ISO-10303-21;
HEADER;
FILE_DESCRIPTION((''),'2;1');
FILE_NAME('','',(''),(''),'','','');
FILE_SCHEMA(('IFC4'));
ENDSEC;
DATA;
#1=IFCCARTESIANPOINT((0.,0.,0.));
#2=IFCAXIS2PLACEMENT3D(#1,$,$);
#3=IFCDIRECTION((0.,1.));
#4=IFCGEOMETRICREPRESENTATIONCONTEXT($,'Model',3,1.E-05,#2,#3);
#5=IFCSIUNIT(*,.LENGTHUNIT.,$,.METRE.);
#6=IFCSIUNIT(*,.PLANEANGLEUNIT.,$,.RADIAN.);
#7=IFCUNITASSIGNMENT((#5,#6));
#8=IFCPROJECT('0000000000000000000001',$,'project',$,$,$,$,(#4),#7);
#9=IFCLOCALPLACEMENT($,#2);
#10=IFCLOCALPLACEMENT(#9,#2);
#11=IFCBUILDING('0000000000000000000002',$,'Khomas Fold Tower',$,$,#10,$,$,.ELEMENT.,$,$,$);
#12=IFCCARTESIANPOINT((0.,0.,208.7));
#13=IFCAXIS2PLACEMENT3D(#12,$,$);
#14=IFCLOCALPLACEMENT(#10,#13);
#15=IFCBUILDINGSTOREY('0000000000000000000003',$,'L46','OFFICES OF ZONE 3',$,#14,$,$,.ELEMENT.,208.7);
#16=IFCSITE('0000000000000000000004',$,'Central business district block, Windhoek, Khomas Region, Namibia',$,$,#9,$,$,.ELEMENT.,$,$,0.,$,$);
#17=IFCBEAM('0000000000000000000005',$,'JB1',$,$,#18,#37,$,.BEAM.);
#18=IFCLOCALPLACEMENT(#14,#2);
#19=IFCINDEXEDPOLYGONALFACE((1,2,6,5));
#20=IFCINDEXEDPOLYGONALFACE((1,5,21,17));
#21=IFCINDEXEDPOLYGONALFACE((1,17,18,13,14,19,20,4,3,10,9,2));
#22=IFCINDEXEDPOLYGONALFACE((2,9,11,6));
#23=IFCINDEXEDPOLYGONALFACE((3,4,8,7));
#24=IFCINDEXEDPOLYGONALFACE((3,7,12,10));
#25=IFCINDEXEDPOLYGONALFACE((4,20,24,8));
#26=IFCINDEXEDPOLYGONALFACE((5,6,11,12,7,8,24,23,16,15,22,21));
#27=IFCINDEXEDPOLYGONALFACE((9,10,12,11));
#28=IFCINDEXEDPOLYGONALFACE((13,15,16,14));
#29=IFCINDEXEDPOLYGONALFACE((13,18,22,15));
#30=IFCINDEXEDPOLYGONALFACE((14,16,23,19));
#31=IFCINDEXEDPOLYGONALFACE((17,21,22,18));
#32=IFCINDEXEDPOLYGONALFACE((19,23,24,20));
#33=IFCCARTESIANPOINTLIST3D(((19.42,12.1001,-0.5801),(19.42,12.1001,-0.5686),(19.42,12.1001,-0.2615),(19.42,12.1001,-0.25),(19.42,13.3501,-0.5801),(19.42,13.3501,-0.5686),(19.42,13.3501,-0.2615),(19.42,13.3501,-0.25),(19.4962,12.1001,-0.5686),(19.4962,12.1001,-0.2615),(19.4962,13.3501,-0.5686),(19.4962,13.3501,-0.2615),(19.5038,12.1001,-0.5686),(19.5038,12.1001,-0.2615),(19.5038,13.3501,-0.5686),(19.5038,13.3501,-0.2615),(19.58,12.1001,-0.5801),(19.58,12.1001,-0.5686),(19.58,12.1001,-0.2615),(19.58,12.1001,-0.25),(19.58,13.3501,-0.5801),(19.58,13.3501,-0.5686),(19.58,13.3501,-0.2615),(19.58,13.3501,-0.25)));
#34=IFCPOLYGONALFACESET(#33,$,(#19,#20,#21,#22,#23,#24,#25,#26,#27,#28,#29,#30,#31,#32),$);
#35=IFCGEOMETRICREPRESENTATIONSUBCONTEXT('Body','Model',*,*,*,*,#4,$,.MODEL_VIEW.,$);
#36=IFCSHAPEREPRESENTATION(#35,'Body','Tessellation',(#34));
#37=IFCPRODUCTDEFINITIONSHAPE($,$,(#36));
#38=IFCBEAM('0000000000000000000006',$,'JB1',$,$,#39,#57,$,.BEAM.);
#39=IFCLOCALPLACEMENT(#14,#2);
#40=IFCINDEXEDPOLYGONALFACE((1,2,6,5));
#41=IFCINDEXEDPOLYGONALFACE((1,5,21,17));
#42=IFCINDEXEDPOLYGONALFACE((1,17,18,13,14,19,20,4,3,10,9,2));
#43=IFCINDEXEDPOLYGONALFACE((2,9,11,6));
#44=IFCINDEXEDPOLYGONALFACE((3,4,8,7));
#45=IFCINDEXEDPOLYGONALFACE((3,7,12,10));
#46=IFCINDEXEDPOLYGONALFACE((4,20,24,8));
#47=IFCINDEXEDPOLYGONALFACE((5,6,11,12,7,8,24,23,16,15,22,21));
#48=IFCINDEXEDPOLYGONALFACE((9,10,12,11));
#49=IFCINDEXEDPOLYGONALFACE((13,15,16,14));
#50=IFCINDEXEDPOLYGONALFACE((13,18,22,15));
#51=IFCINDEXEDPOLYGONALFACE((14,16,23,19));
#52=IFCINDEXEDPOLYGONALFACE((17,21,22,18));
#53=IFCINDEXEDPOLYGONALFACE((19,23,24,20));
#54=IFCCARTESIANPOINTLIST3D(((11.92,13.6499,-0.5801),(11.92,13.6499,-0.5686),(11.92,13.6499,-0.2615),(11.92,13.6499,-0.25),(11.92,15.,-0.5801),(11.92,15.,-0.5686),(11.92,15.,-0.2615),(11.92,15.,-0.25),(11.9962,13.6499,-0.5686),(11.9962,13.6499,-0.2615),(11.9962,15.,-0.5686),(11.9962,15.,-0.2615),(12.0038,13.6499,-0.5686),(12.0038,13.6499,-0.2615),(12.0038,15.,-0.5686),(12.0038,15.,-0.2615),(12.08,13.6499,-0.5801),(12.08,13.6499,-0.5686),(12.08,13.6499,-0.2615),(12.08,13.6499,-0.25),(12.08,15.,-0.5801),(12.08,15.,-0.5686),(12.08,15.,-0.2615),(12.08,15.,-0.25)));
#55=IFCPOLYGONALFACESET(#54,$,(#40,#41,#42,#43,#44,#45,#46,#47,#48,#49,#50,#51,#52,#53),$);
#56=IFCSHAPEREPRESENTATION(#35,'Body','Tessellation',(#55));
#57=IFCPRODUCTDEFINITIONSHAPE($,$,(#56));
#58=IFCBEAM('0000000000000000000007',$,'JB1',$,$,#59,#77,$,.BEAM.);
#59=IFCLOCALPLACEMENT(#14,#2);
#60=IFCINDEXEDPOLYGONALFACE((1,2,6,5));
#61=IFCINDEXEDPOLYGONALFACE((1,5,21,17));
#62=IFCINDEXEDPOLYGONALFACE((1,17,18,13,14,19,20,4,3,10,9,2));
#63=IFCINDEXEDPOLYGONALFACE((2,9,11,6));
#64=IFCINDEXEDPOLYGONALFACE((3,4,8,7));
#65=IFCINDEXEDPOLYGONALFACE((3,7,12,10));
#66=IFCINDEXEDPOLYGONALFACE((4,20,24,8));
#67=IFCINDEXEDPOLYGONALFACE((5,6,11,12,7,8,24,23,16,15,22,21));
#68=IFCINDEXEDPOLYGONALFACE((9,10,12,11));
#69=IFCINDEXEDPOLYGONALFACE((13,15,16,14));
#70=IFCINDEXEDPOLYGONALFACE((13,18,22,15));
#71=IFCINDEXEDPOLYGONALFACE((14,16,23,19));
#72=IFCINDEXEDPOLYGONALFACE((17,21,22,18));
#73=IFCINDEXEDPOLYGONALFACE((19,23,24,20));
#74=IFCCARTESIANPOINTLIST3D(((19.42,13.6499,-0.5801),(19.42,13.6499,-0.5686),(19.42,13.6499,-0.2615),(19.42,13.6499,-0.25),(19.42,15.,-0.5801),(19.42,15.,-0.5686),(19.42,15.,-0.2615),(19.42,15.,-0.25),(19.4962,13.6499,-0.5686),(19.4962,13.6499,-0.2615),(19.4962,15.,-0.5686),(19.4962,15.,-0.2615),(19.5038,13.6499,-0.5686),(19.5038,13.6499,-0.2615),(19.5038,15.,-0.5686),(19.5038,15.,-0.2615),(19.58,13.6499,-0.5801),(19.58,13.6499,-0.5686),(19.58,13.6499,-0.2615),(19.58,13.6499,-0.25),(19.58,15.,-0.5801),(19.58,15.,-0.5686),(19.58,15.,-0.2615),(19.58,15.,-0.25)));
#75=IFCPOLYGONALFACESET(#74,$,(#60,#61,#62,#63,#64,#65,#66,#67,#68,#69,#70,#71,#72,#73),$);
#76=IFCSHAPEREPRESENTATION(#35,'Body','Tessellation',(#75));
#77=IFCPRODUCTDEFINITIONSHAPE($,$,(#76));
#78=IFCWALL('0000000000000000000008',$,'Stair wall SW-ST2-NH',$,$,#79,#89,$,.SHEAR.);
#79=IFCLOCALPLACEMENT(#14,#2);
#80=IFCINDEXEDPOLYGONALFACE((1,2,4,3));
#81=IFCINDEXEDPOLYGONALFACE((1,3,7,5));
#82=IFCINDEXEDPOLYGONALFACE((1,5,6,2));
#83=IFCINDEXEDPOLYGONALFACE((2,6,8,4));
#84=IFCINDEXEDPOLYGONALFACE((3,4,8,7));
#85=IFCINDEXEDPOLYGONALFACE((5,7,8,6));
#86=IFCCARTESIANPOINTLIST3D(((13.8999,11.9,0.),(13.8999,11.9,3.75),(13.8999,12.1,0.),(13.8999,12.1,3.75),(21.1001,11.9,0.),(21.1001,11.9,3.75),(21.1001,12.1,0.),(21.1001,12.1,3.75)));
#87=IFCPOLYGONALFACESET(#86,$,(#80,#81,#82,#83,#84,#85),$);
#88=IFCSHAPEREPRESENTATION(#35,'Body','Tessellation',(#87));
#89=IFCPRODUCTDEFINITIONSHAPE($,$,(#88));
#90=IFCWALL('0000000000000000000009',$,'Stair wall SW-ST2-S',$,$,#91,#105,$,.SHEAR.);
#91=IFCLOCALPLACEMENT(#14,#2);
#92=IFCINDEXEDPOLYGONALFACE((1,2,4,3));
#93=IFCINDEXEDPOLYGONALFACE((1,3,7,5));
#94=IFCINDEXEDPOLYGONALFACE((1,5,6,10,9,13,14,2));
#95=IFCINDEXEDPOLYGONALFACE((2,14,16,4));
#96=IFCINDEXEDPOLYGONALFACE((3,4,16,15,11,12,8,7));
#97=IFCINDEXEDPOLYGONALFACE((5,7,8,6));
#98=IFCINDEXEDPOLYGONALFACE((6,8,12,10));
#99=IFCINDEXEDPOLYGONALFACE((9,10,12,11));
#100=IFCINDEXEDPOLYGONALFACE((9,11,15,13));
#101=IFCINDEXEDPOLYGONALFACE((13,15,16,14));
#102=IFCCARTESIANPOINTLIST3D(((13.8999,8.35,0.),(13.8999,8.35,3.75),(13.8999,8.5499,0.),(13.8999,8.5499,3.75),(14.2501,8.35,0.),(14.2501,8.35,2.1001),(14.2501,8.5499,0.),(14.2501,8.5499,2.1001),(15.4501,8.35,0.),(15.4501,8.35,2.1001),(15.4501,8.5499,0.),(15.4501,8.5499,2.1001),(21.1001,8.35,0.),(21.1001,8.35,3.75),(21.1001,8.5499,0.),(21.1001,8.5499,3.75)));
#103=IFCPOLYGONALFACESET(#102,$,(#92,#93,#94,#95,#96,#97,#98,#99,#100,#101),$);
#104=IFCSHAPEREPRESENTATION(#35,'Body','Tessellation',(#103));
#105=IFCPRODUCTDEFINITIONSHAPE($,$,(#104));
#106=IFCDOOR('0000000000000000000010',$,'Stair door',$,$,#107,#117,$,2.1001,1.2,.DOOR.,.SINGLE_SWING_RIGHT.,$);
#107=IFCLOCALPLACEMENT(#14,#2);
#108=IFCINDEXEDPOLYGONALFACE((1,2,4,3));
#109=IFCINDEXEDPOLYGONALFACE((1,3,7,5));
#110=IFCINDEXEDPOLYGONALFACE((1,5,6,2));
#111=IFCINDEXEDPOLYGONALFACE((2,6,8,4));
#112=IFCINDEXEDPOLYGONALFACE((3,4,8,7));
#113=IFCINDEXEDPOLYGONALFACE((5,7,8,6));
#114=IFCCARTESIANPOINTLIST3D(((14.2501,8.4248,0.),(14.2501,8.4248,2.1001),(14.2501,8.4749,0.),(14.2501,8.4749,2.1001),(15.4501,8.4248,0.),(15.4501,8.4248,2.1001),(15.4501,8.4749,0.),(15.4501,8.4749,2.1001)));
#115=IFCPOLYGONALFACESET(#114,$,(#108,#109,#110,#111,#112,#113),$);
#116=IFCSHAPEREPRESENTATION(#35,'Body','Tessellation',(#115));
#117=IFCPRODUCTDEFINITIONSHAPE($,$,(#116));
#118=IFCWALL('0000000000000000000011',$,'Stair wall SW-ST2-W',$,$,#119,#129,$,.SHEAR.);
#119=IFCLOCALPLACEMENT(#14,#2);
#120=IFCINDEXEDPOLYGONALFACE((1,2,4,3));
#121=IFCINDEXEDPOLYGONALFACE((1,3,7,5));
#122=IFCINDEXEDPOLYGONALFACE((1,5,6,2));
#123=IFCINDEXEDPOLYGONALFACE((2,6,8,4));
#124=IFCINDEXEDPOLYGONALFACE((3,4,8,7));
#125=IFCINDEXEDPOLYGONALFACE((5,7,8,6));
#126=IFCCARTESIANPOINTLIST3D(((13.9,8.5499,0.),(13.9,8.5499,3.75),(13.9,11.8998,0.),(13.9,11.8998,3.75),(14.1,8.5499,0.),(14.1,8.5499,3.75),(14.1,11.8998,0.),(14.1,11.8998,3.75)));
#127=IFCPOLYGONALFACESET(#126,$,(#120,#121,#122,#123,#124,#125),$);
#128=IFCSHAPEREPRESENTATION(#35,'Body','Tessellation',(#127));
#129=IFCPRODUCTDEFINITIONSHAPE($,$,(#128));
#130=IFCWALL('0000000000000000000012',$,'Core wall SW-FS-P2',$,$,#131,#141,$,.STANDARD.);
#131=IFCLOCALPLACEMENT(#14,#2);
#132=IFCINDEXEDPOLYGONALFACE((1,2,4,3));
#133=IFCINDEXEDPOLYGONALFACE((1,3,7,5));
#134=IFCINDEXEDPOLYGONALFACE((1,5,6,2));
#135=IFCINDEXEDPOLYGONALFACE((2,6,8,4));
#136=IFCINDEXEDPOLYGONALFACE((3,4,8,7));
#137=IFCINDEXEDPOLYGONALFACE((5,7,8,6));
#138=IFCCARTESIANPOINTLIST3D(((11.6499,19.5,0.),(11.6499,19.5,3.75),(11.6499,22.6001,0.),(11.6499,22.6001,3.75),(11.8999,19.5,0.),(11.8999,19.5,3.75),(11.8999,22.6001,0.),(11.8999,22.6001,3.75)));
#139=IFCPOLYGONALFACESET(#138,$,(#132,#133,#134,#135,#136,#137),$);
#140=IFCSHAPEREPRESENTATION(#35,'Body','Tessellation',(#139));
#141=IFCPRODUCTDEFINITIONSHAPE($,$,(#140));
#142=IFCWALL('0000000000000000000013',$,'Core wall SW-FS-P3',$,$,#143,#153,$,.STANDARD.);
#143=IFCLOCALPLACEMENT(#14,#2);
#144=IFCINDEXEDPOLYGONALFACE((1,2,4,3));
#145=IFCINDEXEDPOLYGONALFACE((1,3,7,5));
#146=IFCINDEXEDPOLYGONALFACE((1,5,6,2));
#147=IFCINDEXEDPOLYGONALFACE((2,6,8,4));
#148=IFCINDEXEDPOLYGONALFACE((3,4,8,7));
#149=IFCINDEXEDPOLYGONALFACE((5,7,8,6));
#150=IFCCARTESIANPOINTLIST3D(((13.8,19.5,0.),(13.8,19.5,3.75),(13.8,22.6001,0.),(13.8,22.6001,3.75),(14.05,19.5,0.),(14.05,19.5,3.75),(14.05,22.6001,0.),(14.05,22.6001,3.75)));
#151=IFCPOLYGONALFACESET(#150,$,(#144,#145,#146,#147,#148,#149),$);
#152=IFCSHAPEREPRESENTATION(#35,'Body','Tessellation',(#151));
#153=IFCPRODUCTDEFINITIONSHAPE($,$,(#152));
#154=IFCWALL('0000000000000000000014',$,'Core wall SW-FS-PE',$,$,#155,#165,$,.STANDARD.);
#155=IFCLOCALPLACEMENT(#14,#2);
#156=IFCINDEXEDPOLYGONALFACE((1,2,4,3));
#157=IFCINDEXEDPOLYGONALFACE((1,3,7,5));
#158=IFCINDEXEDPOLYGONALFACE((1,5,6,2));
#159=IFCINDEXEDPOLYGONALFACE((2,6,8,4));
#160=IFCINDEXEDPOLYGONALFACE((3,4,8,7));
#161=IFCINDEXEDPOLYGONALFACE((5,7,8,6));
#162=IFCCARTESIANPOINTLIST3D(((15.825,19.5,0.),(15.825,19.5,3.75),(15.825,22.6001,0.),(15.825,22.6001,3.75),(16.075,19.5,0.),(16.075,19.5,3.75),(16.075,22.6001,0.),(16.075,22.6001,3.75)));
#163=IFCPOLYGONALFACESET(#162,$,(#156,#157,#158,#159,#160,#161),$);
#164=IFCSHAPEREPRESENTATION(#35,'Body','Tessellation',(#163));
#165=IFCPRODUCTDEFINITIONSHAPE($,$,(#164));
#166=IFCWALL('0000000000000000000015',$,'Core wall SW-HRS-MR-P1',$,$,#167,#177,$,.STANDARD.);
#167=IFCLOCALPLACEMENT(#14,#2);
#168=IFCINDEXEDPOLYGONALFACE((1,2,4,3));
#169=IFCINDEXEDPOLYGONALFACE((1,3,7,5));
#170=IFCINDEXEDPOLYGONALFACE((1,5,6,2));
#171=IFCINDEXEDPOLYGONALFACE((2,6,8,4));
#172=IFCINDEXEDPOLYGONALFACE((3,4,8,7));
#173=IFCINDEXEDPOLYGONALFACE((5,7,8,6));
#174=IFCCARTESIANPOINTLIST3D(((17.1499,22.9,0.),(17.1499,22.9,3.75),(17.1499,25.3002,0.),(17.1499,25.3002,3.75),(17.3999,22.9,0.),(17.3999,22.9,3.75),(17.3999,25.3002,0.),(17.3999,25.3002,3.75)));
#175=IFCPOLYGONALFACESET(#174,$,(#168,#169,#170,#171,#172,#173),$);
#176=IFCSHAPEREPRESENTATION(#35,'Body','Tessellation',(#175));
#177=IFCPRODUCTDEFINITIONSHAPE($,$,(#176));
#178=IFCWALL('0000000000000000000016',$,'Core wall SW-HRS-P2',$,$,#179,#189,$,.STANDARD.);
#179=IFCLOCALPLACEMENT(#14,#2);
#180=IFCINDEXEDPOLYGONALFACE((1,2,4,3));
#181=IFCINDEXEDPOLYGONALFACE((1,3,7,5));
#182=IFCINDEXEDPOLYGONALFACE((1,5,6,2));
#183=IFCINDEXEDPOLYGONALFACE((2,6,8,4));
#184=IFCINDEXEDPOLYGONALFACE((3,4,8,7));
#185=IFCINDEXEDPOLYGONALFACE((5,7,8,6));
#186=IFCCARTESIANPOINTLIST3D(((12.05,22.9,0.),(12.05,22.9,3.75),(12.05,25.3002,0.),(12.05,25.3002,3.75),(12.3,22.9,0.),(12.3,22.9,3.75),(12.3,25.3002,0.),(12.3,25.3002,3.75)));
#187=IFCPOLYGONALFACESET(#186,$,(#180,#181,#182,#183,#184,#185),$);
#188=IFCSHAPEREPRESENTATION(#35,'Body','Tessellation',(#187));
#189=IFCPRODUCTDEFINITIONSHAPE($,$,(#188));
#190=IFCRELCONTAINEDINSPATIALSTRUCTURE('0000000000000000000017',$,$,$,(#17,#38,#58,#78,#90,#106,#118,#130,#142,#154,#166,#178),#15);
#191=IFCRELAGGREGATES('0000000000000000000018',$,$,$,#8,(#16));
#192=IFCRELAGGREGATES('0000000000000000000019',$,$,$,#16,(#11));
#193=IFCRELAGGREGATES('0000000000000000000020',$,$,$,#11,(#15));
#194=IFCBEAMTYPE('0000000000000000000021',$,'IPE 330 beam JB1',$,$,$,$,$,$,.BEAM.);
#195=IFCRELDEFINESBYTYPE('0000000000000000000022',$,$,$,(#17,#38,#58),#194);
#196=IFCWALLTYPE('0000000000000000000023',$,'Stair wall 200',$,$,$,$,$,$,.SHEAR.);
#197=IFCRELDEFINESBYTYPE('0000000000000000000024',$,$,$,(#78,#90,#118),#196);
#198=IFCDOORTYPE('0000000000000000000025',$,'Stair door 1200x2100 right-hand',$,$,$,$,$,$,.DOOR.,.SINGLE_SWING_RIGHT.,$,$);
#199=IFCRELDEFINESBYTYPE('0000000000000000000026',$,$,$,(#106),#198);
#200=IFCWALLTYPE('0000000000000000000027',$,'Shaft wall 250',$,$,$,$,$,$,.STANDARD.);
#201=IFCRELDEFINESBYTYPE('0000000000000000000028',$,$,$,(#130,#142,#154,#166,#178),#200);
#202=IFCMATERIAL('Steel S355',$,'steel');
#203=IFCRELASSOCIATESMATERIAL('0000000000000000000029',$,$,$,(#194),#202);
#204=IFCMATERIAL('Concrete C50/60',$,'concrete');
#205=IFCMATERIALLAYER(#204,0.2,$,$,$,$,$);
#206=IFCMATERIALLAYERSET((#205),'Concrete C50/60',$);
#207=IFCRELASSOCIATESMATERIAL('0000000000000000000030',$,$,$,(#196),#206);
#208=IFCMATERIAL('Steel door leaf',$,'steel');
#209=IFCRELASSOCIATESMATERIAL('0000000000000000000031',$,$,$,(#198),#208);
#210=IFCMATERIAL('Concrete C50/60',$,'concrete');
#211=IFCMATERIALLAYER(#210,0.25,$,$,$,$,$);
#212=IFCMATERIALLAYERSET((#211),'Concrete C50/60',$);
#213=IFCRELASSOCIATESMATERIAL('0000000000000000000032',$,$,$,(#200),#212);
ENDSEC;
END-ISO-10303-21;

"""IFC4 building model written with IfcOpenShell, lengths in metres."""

from ifc_helpers import new_model, si_unit, direction, frame, frame_2d, origin, origin_2d, place, context, subcontext, project, spatial, rectangle, i_section, extrude, source, transform, mapped, material, layer, layer_set, material_profile, profile_set, type_object, element, fill, save


model = new_model("IFC4")

# Units and contexts
model_context = context("Model", 3, precision=1e-05, world=origin(), true_north=direction((0.0, 1.0)))
body_context = subcontext(model_context, "Body", "Model", "MODEL_VIEW")
ifc_project = project(units=[si_unit("LENGTHUNIT", "METRE"), si_unit("PLANEANGLEUNIT", "RADIAN")], contexts=[model_context])

# Site, building, storey
site_placement = place(None, origin())
site = spatial("IfcSite", under=ifc_project, at=site_placement, Name="Central business district block, Windhoek, Khomas Region, Namibia", CompositionType="ELEMENT", RefElevation=0.0)
building_placement = place(site_placement, origin())
building = spatial("IfcBuilding", under=site, at=building_placement, Name="Khomas Fold Tower", CompositionType="ELEMENT")
storey_placement = place(building_placement, frame((0.0, 0.0, 208.7)))
storey = spatial("IfcBuildingStorey", under=building, at=storey_placement, Name="L46", Description="OFFICES OF ZONE 3", CompositionType="ELEMENT", Elevation=208.7)

# Beams
ifc_material_1 = material(Name="Steel S355", Category="steel")
ifc_material_profile = material_profile(ifc_material_1, i_section(OverallWidth=0.1599, OverallDepth=0.3301, WebThickness=0.0076, FlangeThickness=0.0115, at=origin_2d()), Name="IPE 330")
ifc_profile_set = profile_set([ifc_material_profile], Name="Steel S355")
beam_type = type_object("IfcBeamType", Name="IPE 330 beam JB1", PredefinedType="BEAM", material=ifc_profile_set)
shared_shape_1 = source(origin(), body_context, "Body", "SweptSolid", [
    extrude(i_section(OverallWidth=0.1599, OverallDepth=0.3301, WebThickness=0.0076, FlangeThickness=0.0115, at=origin_2d()), origin(), (0.0, 0.0, 1.0), 1.25),
])
beam_placement = place(storey_placement, frame((19.5, 12.1001, -0.415), z_axis=(0.0, 1.0, 0.0), x_axis=(-1.0, 0.0, 0.0)))
element("IfcBeam", 1, at=beam_placement, inside=storey, type_object=beam_type, Name="JB1", PredefinedType="BEAM", context=body_context, shape_type="MappedRepresentation", body=[
    mapped(shared_shape_1, transform((0.0, 0.0, 0.0))),
])
shared_shape_2 = source(origin(), body_context, "Body", "SweptSolid", [
    extrude(i_section(OverallWidth=0.1599, OverallDepth=0.3301, WebThickness=0.0076, FlangeThickness=0.0115, at=origin_2d()), origin(), (0.0, 0.0, 1.0), 1.3501),
])
for number, where, z_axis, x_axis, name in (
    (2, (12.0, 13.6499, -0.415), (0.0, 1.0, 0.0), (-1.0, 0.0, 0.0), "JB1"),
    (3, (19.5, 13.6499, -0.415), (0.0, 1.0, 0.0), (-1.0, 0.0, 0.0), "JB1"),
):
    element("IfcBeam", number, at=place(storey_placement, frame(where, z_axis=z_axis, x_axis=x_axis)), inside=storey, type_object=beam_type, Name=name, PredefinedType="BEAM", context=body_context, shape_type="MappedRepresentation", body=[
        mapped(shared_shape_2, transform((0.0, 0.0, 0.0))),
    ])

# Wall
ifc_material_2 = material(Name="Concrete C50/60", Category="concrete")
ifc_layer_1 = layer(ifc_material_2, 0.2)
ifc_layer_set_1 = layer_set([ifc_layer_1], Name="Concrete C50/60")
wall_type_1 = type_object("IfcWallType", Name="Stair wall 200", PredefinedType="SHEAR", material=ifc_layer_set_1)
shared_shape_3 = source(origin(), body_context, "Body", "SweptSolid", [
    extrude(rectangle(XDim=7.2002, YDim=0.2, at=frame_2d((3.6001, 0.0))), origin(), (0.0, 0.0, 1.0), 3.75),
])
wall_1_placement = place(storey_placement, frame((13.8999, 12.0, 0.0), z_axis=(0.0, 0.0, 1.0), x_axis=(1.0, 0.0, 0.0)))
element("IfcWall", 4, at=wall_1_placement, inside=storey, type_object=wall_type_1, Name="Stair wall SW-ST2-NH", PredefinedType="SHEAR", context=body_context, shape_type="MappedRepresentation", body=[
    mapped(shared_shape_3, transform((0.0, 0.0, 0.0))),
])

# Wall, opening, door
wall_2_placement = place(storey_placement, frame((13.8999, 8.45, 0.0), z_axis=(0.0, 0.0, 1.0), x_axis=(1.0, 0.0, 0.0)))
wall_2 = element("IfcWall", 5, at=wall_2_placement, inside=storey, type_object=wall_type_1, Name="Stair wall SW-ST2-S", PredefinedType="SHEAR", context=body_context, shape_type="MappedRepresentation", body=[
    mapped(shared_shape_3, transform((0.0, 0.0, 0.0))),
])
shared_shape_4 = source(origin(), body_context, "Body", "SweptSolid", [
    extrude(rectangle(XDim=1.2, YDim=2.1001, at=frame_2d((0.6001, 1.05))), frame((0.0, 0.1099, 0.0), z_axis=(0.0, -1.0, 0.0), x_axis=(1.0, 0.0, 0.0)), (0.0, 0.0, 1.0), 0.22),
])
opening_placement = place(wall_2_placement, frame((0.3501, 0.0, 0.0)))
opening = element("IfcOpeningElement", 6, at=opening_placement, cuts=wall_2, PredefinedType="OPENING", context=body_context, shape_type="MappedRepresentation", body=[
    mapped(shared_shape_4, transform((0.0, 0.0, 0.0))),
])
ifc_material_3 = material(Name="Steel door leaf", Category="steel")
door_type = type_object("IfcDoorType", Name="Stair door 1200x2100 right-hand", OperationType="SINGLE_SWING_RIGHT", PredefinedType="DOOR", material=ifc_material_3)
shared_shape_5 = source(origin(), body_context, "Body", "SweptSolid", [
    extrude(rectangle(XDim=1.2, YDim=2.1001, at=frame_2d((0.6001, 1.05))), frame((0.0, 0.0249, 0.0), z_axis=(0.0, -1.0, 0.0), x_axis=(1.0, 0.0, 0.0)), (0.0, 0.0, 1.0), 0.05),
])
door_placement = place(opening_placement, origin())
door = element("IfcDoor", 7, at=door_placement, inside=storey, type_object=door_type, Name="Stair door", OperationType="SINGLE_SWING_RIGHT", OverallHeight=2.1001, OverallWidth=1.2, PredefinedType="DOOR", context=body_context, shape_type="MappedRepresentation", body=[
    mapped(shared_shape_5, transform((0.0, 0.0, 0.0))),
])
fill(opening, door)

# Walls
shared_shape_6 = source(origin(), body_context, "Body", "SweptSolid", [
    extrude(rectangle(XDim=3.3499, YDim=0.2, at=frame_2d((1.6748, 0.0))), origin(), (0.0, 0.0, 1.0), 3.75),
])
wall_3_placement = place(storey_placement, frame((14.0, 8.55, 0.0), z_axis=(0.0, 0.0, 1.0), x_axis=(0.0, 1.0, 0.0)))
element("IfcWall", 8, at=wall_3_placement, inside=storey, type_object=wall_type_1, Name="Stair wall SW-ST2-W", PredefinedType="SHEAR", context=body_context, shape_type="MappedRepresentation", body=[
    mapped(shared_shape_6, transform((0.0, 0.0, 0.0))),
])
ifc_material_4 = material(Name="Concrete C50/60", Category="concrete")
ifc_layer_2 = layer(ifc_material_4, 0.25)
ifc_layer_set_2 = layer_set([ifc_layer_2], Name="Concrete C50/60")
wall_type_2 = type_object("IfcWallType", Name="Shaft wall 250", PredefinedType="STANDARD", material=ifc_layer_set_2)
shared_shape_7 = source(origin(), body_context, "Body", "SweptSolid", [
    extrude(rectangle(XDim=3.1001, YDim=0.25, at=frame_2d((1.55, 0.0))), origin(), (0.0, 0.0, 1.0), 3.75),
])
for number, where, z_axis, x_axis, name in (
    (9, (11.7749, 19.5, 0.0), (0.0, 0.0, 1.0), (0.0, 1.0, 0.0), "Core wall SW-FS-P2"),
    (10, (13.925, 19.5, 0.0), (0.0, 0.0, 1.0), (0.0, 1.0, 0.0), "Core wall SW-FS-P3"),
    (11, (15.95, 19.5, 0.0), (0.0, 0.0, 1.0), (0.0, 1.0, 0.0), "Core wall SW-FS-PE"),
):
    element("IfcWall", number, at=place(storey_placement, frame(where, z_axis=z_axis, x_axis=x_axis)), inside=storey, type_object=wall_type_2, Name=name, PredefinedType="STANDARD", context=body_context, shape_type="MappedRepresentation", body=[
        mapped(shared_shape_7, transform((0.0, 0.0, 0.0))),
    ])
shared_shape_8 = source(origin(), body_context, "Body", "SweptSolid", [
    extrude(rectangle(XDim=2.4001, YDim=0.25, at=frame_2d((1.2002, 0.0))), origin(), (0.0, 0.0, 1.0), 3.75),
])
for number, where, z_axis, x_axis, name in (
    (12, (17.2749, 22.8999, 0.0), (0.0, 0.0, 1.0), (0.0, 1.0, 0.0), "Core wall SW-HRS-MR-P1"),
    (13, (12.175, 22.8999, 0.0), (0.0, 0.0, 1.0), (0.0, 1.0, 0.0), "Core wall SW-HRS-P2"),
):
    element("IfcWall", number, at=place(storey_placement, frame(where, z_axis=z_axis, x_axis=x_axis)), inside=storey, type_object=wall_type_2, Name=name, PredefinedType="STANDARD", context=body_context, shape_type="MappedRepresentation", body=[
        mapped(shared_shape_8, transform((0.0, 0.0, 0.0))),
    ])

save(model, "model.ifc")
